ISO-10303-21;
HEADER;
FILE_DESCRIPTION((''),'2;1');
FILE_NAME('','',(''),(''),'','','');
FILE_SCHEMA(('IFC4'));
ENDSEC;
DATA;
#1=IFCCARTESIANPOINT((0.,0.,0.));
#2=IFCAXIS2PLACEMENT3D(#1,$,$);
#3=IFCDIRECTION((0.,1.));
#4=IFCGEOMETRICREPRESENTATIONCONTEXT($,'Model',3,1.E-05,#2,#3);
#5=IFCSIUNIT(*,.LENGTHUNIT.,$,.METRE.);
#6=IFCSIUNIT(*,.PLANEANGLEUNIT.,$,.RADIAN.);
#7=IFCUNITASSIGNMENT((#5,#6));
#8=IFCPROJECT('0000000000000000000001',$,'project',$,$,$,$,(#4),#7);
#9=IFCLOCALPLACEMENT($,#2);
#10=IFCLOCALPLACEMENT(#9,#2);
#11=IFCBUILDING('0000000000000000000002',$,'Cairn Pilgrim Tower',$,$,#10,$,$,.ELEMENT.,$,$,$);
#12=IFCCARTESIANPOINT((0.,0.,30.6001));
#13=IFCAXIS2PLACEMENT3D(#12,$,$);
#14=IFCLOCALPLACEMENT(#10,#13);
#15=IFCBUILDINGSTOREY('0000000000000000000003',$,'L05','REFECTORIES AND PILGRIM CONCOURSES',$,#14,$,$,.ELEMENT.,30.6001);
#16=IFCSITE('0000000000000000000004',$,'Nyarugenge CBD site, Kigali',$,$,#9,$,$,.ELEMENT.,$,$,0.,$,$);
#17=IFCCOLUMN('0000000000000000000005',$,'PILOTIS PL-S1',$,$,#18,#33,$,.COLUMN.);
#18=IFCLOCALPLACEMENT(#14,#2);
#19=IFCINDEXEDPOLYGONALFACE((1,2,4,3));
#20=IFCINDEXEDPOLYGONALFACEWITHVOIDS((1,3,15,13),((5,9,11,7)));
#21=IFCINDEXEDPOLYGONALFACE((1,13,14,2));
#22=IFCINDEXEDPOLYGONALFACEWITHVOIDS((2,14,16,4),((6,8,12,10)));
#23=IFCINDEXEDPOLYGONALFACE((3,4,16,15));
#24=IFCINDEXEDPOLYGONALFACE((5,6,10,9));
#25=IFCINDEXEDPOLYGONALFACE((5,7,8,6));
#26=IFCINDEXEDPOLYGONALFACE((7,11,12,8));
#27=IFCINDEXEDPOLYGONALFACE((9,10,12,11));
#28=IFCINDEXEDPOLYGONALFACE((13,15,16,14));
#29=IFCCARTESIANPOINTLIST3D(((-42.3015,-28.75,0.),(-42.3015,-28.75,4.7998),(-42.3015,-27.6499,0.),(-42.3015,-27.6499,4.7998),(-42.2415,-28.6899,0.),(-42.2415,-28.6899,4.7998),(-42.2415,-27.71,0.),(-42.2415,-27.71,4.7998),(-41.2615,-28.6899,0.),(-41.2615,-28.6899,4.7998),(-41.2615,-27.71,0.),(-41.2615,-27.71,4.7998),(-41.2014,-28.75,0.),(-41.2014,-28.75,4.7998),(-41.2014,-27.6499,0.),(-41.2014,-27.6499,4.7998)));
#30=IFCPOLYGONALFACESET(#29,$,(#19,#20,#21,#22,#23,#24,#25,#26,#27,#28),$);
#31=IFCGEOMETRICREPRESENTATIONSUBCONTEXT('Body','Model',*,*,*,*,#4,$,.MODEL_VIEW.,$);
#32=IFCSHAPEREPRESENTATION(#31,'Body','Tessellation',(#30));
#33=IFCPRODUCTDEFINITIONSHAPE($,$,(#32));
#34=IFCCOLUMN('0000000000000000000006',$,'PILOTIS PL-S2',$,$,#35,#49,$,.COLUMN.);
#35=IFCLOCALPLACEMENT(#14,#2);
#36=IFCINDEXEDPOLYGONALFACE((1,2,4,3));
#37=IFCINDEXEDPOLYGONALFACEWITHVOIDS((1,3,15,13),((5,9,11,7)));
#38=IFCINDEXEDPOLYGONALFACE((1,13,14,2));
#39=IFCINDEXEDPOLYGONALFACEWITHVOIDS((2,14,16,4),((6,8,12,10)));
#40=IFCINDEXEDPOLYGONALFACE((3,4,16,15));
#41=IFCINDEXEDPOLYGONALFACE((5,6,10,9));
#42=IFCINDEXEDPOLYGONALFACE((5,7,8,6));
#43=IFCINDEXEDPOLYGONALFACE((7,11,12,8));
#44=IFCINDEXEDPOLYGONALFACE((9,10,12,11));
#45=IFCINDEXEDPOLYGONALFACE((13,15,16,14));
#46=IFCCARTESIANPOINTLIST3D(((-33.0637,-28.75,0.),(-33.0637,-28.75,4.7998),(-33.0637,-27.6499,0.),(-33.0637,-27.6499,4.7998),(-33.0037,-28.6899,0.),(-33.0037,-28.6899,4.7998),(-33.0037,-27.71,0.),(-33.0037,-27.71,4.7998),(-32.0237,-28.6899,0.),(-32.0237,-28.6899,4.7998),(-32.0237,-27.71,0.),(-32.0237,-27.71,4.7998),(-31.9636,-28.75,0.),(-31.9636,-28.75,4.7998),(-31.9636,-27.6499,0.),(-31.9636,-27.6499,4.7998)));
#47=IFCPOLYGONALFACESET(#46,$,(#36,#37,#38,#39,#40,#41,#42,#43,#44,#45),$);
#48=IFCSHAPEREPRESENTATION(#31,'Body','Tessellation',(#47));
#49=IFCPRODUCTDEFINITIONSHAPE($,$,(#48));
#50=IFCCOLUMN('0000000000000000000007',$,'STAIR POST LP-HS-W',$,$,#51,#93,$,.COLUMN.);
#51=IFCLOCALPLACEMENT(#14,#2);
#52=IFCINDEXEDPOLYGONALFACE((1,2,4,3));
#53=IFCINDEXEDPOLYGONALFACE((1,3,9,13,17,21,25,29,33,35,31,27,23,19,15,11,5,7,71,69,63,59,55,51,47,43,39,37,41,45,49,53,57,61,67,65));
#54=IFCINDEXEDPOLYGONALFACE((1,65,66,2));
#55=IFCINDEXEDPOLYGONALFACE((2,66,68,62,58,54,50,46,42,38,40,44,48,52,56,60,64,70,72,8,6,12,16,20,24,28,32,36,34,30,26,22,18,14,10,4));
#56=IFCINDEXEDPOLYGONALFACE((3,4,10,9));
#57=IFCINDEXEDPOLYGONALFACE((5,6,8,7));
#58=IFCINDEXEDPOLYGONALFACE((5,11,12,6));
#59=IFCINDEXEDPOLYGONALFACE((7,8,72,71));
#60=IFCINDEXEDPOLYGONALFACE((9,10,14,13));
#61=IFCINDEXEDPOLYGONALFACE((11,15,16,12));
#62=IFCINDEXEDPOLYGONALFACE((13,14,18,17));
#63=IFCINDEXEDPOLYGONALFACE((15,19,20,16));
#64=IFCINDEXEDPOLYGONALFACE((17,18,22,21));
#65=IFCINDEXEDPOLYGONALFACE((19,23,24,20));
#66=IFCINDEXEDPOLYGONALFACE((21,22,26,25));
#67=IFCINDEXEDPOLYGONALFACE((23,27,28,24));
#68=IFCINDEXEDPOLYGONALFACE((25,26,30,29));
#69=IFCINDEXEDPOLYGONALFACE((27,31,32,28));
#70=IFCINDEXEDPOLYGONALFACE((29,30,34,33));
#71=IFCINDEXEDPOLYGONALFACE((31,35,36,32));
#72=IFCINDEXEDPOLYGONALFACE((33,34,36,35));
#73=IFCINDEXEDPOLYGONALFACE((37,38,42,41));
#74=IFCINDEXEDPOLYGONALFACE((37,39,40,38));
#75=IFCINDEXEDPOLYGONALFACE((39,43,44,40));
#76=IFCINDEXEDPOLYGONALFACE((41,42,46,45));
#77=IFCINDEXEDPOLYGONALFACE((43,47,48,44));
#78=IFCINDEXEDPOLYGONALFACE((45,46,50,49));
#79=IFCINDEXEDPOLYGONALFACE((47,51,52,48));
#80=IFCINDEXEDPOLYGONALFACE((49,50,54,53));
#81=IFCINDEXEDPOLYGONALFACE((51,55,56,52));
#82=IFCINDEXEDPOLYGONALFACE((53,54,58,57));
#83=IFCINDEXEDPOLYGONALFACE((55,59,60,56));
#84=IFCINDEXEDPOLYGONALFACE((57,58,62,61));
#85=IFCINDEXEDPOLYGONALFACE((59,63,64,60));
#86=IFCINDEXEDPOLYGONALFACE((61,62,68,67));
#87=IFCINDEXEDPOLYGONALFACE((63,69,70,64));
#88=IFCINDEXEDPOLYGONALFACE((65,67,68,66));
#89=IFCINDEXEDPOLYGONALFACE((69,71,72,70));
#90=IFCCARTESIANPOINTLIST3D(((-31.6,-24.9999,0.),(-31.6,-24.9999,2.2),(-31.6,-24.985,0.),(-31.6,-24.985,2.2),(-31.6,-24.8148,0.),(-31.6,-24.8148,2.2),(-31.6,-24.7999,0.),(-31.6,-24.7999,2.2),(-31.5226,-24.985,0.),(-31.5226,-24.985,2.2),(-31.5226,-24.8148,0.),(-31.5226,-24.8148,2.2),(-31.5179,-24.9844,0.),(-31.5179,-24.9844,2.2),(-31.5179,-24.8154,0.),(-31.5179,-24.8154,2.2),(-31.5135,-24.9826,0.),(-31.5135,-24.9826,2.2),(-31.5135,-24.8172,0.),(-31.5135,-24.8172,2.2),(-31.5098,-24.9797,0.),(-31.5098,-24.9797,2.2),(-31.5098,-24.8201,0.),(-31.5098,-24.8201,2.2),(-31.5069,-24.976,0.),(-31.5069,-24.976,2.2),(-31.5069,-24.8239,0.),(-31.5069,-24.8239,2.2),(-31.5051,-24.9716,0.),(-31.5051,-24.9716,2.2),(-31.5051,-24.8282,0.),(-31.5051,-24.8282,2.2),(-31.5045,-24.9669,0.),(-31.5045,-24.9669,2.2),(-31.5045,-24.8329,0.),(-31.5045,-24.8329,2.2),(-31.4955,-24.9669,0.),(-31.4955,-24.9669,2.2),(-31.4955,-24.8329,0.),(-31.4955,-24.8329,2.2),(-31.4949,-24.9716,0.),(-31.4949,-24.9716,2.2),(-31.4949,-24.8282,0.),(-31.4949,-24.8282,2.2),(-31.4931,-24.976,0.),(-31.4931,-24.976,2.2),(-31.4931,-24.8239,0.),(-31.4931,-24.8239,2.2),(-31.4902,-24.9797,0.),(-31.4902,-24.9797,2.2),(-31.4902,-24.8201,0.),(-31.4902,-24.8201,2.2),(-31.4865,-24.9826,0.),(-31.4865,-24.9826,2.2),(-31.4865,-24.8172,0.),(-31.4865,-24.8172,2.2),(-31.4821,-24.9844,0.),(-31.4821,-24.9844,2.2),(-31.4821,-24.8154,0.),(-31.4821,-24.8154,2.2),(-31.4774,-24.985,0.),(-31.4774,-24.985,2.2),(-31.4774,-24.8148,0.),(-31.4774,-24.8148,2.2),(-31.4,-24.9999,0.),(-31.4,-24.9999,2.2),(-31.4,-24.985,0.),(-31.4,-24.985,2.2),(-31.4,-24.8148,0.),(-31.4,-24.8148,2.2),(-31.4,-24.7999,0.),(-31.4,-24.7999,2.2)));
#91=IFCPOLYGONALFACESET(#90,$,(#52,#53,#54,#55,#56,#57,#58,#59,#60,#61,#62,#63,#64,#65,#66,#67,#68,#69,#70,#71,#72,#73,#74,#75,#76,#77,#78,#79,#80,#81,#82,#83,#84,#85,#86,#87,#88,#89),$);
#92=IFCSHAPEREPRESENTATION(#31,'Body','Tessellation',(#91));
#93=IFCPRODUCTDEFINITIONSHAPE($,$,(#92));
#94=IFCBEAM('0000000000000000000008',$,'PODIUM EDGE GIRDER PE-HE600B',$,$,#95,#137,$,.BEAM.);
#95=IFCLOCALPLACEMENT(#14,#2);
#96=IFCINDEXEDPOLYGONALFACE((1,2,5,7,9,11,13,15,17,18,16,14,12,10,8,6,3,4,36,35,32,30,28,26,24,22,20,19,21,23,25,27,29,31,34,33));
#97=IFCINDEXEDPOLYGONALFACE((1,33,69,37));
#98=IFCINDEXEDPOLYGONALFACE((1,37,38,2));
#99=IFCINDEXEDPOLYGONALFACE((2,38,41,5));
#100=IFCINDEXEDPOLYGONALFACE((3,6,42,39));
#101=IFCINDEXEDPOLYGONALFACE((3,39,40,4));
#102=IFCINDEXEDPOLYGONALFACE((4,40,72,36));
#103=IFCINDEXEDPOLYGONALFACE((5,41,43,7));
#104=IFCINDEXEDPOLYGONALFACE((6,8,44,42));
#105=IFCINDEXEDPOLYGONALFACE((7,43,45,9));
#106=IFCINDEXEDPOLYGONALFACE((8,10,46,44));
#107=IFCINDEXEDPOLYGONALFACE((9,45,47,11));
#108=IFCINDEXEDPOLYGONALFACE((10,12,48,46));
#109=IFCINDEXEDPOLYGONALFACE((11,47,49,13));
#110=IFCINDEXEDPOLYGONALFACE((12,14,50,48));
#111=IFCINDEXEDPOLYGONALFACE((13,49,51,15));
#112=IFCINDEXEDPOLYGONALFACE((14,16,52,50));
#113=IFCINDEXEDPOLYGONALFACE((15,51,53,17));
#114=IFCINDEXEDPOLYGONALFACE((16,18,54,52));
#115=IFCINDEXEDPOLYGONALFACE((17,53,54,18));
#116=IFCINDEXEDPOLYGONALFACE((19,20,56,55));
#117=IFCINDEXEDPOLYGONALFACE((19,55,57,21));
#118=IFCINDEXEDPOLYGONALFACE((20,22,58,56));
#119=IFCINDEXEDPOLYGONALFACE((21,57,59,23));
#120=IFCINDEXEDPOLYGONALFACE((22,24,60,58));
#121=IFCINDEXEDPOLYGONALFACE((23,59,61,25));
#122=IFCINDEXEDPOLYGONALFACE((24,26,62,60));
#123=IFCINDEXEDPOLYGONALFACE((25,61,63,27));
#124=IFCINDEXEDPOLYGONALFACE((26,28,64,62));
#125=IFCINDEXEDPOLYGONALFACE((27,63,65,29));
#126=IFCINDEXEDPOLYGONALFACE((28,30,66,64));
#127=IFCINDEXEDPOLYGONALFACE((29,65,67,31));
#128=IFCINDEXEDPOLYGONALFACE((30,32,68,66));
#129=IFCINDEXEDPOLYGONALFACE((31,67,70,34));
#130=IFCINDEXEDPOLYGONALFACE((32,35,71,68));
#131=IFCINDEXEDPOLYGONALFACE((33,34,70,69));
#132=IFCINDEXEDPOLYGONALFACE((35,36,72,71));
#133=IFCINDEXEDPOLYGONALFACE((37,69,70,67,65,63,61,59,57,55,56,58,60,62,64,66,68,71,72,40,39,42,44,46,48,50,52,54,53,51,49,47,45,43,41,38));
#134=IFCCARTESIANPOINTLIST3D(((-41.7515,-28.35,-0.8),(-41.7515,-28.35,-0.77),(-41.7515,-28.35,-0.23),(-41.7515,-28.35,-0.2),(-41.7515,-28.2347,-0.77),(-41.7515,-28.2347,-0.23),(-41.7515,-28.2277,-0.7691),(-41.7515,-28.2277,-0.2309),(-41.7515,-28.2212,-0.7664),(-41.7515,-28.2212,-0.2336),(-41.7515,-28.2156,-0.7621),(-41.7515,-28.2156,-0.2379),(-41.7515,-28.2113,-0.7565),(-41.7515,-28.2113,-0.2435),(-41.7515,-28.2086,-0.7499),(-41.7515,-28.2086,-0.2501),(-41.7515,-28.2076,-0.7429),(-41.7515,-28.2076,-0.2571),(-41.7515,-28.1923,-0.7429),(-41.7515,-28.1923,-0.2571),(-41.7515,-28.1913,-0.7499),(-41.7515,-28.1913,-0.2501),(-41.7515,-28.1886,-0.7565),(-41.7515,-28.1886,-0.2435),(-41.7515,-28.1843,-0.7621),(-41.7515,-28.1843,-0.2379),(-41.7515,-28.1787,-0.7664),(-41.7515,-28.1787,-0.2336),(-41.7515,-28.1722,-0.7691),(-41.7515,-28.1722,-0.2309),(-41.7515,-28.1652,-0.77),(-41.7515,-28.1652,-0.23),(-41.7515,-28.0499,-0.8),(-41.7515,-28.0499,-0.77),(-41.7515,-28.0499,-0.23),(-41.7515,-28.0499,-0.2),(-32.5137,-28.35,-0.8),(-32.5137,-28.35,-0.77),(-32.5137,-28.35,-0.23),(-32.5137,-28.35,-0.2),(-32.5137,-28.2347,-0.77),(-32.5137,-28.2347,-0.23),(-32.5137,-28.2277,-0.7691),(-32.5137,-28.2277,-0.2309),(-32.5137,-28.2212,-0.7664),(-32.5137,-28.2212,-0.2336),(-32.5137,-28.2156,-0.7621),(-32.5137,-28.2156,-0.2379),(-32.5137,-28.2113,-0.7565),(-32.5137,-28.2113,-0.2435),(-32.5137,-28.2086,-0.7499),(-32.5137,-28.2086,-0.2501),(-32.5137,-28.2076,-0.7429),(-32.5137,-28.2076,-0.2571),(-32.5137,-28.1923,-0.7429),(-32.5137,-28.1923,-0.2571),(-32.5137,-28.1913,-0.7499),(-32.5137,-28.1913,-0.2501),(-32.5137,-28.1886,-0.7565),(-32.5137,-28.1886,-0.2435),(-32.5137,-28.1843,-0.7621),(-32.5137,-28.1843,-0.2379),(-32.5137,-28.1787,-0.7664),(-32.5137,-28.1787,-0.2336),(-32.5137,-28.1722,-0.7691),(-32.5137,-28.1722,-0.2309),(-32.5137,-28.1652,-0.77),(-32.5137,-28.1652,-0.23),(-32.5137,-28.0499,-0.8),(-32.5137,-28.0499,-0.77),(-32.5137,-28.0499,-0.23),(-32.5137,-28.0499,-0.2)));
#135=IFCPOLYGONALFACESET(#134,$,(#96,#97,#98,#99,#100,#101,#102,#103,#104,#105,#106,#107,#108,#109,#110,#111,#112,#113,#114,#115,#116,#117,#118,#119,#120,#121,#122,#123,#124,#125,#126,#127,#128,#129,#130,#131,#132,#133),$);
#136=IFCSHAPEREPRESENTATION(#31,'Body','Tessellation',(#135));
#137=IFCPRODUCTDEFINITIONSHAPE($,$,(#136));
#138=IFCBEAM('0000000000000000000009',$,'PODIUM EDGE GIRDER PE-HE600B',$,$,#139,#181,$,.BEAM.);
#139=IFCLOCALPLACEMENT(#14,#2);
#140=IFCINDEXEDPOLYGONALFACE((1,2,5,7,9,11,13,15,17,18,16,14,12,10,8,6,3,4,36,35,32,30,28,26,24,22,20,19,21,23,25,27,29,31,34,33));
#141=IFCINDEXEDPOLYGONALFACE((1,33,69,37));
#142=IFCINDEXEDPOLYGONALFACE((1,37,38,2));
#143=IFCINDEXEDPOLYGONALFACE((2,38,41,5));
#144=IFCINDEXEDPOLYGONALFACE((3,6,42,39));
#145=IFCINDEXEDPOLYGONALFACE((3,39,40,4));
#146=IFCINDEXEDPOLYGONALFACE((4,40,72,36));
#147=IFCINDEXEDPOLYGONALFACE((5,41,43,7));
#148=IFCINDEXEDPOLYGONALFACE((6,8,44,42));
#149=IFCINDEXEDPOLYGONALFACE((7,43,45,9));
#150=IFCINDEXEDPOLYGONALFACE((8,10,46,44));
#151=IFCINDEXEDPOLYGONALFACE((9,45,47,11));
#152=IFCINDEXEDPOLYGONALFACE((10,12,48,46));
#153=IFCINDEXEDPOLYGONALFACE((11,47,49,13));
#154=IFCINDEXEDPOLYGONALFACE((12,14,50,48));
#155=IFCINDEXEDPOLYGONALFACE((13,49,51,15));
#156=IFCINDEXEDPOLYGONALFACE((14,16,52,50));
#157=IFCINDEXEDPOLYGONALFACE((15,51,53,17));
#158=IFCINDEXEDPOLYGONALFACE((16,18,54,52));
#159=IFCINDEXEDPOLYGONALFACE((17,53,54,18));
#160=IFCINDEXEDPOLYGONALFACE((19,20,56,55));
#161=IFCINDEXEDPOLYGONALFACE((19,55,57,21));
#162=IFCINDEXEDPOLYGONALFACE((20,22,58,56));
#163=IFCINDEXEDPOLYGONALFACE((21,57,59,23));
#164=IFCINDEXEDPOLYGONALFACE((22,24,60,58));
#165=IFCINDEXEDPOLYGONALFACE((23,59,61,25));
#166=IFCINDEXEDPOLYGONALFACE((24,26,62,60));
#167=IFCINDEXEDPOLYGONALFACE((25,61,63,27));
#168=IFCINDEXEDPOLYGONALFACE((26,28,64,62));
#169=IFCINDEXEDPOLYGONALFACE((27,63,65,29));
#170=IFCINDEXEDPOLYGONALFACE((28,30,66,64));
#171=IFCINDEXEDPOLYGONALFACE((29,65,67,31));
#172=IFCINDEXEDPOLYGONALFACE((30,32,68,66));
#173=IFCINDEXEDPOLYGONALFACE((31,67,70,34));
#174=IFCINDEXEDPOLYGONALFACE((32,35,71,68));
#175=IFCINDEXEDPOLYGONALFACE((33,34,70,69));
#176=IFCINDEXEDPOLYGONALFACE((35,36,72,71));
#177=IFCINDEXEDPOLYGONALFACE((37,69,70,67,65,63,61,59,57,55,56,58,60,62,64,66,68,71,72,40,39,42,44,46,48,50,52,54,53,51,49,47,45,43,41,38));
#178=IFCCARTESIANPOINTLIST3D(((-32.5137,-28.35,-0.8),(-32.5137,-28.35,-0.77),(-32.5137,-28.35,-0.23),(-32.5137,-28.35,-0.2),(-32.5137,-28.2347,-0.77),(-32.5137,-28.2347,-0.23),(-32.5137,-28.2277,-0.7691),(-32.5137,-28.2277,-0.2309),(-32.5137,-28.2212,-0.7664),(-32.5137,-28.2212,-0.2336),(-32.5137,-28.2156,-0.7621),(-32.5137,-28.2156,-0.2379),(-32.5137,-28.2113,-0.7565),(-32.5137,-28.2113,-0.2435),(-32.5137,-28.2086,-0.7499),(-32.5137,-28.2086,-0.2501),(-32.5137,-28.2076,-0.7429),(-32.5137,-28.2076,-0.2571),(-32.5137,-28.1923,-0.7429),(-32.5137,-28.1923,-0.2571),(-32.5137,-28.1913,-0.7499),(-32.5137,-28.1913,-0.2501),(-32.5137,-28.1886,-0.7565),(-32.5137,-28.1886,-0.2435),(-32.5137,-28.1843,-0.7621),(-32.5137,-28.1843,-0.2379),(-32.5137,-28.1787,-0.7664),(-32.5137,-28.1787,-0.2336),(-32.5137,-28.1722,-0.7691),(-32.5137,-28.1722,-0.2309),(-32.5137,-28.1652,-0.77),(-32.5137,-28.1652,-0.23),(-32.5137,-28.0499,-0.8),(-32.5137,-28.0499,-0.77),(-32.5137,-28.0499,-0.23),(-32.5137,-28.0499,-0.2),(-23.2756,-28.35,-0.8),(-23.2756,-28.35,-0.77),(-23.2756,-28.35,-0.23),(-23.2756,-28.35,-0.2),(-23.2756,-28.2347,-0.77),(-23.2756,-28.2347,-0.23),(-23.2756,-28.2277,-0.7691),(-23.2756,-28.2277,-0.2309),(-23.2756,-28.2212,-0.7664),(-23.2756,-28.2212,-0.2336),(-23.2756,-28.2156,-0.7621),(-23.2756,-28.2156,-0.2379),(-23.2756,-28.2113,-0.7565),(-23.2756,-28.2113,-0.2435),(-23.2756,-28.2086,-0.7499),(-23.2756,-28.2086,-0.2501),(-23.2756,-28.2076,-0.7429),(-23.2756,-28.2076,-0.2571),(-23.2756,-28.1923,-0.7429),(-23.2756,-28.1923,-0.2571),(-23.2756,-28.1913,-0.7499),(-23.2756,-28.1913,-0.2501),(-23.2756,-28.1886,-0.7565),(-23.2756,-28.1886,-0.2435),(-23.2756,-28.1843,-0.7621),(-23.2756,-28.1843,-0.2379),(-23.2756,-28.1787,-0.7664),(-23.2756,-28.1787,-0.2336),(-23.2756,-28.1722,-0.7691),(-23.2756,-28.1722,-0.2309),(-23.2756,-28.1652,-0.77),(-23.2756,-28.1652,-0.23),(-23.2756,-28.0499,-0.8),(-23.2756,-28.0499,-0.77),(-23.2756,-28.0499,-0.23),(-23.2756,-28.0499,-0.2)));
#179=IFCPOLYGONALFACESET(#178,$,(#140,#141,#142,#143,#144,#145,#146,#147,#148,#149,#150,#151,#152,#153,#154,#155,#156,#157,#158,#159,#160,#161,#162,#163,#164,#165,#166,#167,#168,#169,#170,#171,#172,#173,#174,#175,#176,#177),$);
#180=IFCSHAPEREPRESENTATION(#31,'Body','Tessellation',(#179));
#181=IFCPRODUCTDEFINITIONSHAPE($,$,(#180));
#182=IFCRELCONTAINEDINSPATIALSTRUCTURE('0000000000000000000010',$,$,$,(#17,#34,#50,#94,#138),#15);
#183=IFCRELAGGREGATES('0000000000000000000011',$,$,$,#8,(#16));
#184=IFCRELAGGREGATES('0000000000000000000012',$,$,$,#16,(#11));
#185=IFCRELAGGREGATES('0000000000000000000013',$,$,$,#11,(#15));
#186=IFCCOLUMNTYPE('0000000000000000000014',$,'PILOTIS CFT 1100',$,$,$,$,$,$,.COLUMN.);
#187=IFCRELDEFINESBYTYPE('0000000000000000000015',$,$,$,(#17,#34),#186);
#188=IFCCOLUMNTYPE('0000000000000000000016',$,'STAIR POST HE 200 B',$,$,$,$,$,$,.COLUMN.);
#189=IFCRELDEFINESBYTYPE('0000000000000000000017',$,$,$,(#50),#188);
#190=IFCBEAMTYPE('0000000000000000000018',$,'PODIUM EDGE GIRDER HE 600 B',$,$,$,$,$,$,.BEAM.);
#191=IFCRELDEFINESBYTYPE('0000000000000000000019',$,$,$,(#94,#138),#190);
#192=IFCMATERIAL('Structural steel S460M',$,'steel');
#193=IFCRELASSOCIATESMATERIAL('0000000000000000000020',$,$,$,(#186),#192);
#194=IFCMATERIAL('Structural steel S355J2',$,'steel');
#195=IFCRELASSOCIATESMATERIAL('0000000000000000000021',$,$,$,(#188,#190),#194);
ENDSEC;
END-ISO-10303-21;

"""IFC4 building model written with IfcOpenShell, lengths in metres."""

from ifc_helpers import new_model, si_unit, direction, frame, origin, origin_2d, place, context, subcontext, project, spatial, hollow_rectangle, i_section, extrude, material, material_profile, profile_set, type_object, element, save


model = new_model("IFC4")

# Units and contexts
model_context = context("Model", 3, precision=1e-05, world=origin(), true_north=direction((0.0, 1.0)))
body_context = subcontext(model_context, "Body", "Model", "MODEL_VIEW")
ifc_project = project(units=[si_unit("LENGTHUNIT", "METRE"), si_unit("PLANEANGLEUNIT", "RADIAN")], contexts=[model_context])

# Site, building, storey
site_placement = place(None, origin())
site = spatial("IfcSite", under=ifc_project, at=site_placement, Name="Nyarugenge CBD site, Kigali", CompositionType="ELEMENT", RefElevation=0.0)
building_placement = place(site_placement, origin())
building = spatial("IfcBuilding", under=site, at=building_placement, Name="Cairn Pilgrim Tower", CompositionType="ELEMENT")
storey_placement = place(building_placement, frame((0.0, 0.0, 30.6001)))
storey = spatial("IfcBuildingStorey", under=building, at=storey_placement, Name="L05", Description="REFECTORIES AND PILGRIM CONCOURSES", CompositionType="ELEMENT", Elevation=30.6001)

# Columns
ifc_material_1 = material(Name="Structural steel S460M", Category="steel")
ifc_material_profile_1 = material_profile(ifc_material_1, hollow_rectangle(XDim=1.1001, YDim=1.1001, WallThickness=0.0601, at=origin_2d()), Name="BOX 1100x1100x60")
ifc_profile_set_1 = profile_set([ifc_material_profile_1], Name="Structural steel S460M")
column_type_1 = type_object("IfcColumnType", Name="PILOTIS CFT 1100", PredefinedType="COLUMN", material=ifc_profile_set_1)
for number, where, z_axis, x_axis, name in (
    (1, (-41.7515, -28.2, 0.0), (0.0, 0.0, 1.0), (1.0, 0.0, 0.0), "PILOTIS PL-S1"),
    (2, (-32.5137, -28.2, 0.0), (0.0, 0.0, 1.0), (1.0, 0.0, 0.0), "PILOTIS PL-S2"),
):
    element("IfcColumn", number, at=place(storey_placement, frame(where, z_axis=z_axis, x_axis=x_axis)), inside=storey, type_object=column_type_1, Name=name, PredefinedType="COLUMN", context=body_context, shape_type="SweptSolid", body=[
        extrude(hollow_rectangle(XDim=1.1001, YDim=1.1001, WallThickness=0.0601, at=origin_2d()), origin(), (0.0, 0.0, 1.0), 4.7998),
    ])
ifc_material_2 = material(Name="Structural steel S355J2", Category="steel")
ifc_material_profile_2 = material_profile(ifc_material_2, i_section(OverallWidth=0.2, OverallDepth=0.2, WebThickness=0.009, FlangeThickness=0.0149, FilletRadius=0.0181, at=origin_2d()), Name="HE 200 B")
ifc_profile_set_2 = profile_set([ifc_material_profile_2], Name="Structural steel S355J2")
column_type_2 = type_object("IfcColumnType", Name="STAIR POST HE 200 B", PredefinedType="COLUMN", material=ifc_profile_set_2)
column_placement = place(storey_placement, frame((-31.5, -24.8999, 0.0), z_axis=(0.0, 0.0, 1.0), x_axis=(1.0, 0.0, 0.0)))
element("IfcColumn", 3, at=column_placement, inside=storey, type_object=column_type_2, Name="STAIR POST LP-HS-W", PredefinedType="COLUMN", context=body_context, shape_type="SweptSolid", body=[
    extrude(i_section(OverallWidth=0.2, OverallDepth=0.2, WebThickness=0.009, FlangeThickness=0.0149, FilletRadius=0.0181, at=origin_2d()), origin(), (0.0, 0.0, 1.0), 2.2),
])

# Beams
ifc_material_profile_3 = material_profile(ifc_material_2, i_section(OverallWidth=0.3, OverallDepth=0.6001, WebThickness=0.0154, FlangeThickness=0.03, FilletRadius=0.0271, at=origin_2d()), Name="HEB 600")
ifc_profile_set_3 = profile_set([ifc_material_profile_3], Name="Structural steel S355J2")
beam_type_1 = type_object("IfcBeamType", Name="PODIUM EDGE GIRDER HE 600 B", PredefinedType="BEAM", material=ifc_profile_set_3)
beam_1_placement = place(storey_placement, frame((-41.7515, -28.2, -0.5), z_axis=(1.0, 0.0, 0.0), x_axis=(0.0, 1.0, 0.0)))
element("IfcBeam", 4, at=beam_1_placement, inside=storey, type_object=beam_type_1, Name="PODIUM EDGE GIRDER PE-HE600B", PredefinedType="BEAM", context=body_context, shape_type="SweptSolid", body=[
    extrude(i_section(OverallWidth=0.3, OverallDepth=0.6001, WebThickness=0.0154, FlangeThickness=0.03, FilletRadius=0.0271, at=origin_2d()), origin(), (0.0, 0.0, 1.0), 9.2378),
])
beam_2_placement = place(storey_placement, frame((-32.5137, -28.2, -0.5), z_axis=(1.0, 0.0, 0.0), x_axis=(0.0, 1.0, 0.0)))
element("IfcBeam", 5, at=beam_2_placement, inside=storey, type_object=beam_type_1, Name="PODIUM EDGE GIRDER PE-HE600B", PredefinedType="BEAM", context=body_context, shape_type="SweptSolid", body=[
    extrude(i_section(OverallWidth=0.3, OverallDepth=0.6001, WebThickness=0.0154, FlangeThickness=0.03, FilletRadius=0.0271, at=origin_2d()), origin(), (0.0, 0.0, 1.0), 9.238),
])

save(model, "model.ifc")
